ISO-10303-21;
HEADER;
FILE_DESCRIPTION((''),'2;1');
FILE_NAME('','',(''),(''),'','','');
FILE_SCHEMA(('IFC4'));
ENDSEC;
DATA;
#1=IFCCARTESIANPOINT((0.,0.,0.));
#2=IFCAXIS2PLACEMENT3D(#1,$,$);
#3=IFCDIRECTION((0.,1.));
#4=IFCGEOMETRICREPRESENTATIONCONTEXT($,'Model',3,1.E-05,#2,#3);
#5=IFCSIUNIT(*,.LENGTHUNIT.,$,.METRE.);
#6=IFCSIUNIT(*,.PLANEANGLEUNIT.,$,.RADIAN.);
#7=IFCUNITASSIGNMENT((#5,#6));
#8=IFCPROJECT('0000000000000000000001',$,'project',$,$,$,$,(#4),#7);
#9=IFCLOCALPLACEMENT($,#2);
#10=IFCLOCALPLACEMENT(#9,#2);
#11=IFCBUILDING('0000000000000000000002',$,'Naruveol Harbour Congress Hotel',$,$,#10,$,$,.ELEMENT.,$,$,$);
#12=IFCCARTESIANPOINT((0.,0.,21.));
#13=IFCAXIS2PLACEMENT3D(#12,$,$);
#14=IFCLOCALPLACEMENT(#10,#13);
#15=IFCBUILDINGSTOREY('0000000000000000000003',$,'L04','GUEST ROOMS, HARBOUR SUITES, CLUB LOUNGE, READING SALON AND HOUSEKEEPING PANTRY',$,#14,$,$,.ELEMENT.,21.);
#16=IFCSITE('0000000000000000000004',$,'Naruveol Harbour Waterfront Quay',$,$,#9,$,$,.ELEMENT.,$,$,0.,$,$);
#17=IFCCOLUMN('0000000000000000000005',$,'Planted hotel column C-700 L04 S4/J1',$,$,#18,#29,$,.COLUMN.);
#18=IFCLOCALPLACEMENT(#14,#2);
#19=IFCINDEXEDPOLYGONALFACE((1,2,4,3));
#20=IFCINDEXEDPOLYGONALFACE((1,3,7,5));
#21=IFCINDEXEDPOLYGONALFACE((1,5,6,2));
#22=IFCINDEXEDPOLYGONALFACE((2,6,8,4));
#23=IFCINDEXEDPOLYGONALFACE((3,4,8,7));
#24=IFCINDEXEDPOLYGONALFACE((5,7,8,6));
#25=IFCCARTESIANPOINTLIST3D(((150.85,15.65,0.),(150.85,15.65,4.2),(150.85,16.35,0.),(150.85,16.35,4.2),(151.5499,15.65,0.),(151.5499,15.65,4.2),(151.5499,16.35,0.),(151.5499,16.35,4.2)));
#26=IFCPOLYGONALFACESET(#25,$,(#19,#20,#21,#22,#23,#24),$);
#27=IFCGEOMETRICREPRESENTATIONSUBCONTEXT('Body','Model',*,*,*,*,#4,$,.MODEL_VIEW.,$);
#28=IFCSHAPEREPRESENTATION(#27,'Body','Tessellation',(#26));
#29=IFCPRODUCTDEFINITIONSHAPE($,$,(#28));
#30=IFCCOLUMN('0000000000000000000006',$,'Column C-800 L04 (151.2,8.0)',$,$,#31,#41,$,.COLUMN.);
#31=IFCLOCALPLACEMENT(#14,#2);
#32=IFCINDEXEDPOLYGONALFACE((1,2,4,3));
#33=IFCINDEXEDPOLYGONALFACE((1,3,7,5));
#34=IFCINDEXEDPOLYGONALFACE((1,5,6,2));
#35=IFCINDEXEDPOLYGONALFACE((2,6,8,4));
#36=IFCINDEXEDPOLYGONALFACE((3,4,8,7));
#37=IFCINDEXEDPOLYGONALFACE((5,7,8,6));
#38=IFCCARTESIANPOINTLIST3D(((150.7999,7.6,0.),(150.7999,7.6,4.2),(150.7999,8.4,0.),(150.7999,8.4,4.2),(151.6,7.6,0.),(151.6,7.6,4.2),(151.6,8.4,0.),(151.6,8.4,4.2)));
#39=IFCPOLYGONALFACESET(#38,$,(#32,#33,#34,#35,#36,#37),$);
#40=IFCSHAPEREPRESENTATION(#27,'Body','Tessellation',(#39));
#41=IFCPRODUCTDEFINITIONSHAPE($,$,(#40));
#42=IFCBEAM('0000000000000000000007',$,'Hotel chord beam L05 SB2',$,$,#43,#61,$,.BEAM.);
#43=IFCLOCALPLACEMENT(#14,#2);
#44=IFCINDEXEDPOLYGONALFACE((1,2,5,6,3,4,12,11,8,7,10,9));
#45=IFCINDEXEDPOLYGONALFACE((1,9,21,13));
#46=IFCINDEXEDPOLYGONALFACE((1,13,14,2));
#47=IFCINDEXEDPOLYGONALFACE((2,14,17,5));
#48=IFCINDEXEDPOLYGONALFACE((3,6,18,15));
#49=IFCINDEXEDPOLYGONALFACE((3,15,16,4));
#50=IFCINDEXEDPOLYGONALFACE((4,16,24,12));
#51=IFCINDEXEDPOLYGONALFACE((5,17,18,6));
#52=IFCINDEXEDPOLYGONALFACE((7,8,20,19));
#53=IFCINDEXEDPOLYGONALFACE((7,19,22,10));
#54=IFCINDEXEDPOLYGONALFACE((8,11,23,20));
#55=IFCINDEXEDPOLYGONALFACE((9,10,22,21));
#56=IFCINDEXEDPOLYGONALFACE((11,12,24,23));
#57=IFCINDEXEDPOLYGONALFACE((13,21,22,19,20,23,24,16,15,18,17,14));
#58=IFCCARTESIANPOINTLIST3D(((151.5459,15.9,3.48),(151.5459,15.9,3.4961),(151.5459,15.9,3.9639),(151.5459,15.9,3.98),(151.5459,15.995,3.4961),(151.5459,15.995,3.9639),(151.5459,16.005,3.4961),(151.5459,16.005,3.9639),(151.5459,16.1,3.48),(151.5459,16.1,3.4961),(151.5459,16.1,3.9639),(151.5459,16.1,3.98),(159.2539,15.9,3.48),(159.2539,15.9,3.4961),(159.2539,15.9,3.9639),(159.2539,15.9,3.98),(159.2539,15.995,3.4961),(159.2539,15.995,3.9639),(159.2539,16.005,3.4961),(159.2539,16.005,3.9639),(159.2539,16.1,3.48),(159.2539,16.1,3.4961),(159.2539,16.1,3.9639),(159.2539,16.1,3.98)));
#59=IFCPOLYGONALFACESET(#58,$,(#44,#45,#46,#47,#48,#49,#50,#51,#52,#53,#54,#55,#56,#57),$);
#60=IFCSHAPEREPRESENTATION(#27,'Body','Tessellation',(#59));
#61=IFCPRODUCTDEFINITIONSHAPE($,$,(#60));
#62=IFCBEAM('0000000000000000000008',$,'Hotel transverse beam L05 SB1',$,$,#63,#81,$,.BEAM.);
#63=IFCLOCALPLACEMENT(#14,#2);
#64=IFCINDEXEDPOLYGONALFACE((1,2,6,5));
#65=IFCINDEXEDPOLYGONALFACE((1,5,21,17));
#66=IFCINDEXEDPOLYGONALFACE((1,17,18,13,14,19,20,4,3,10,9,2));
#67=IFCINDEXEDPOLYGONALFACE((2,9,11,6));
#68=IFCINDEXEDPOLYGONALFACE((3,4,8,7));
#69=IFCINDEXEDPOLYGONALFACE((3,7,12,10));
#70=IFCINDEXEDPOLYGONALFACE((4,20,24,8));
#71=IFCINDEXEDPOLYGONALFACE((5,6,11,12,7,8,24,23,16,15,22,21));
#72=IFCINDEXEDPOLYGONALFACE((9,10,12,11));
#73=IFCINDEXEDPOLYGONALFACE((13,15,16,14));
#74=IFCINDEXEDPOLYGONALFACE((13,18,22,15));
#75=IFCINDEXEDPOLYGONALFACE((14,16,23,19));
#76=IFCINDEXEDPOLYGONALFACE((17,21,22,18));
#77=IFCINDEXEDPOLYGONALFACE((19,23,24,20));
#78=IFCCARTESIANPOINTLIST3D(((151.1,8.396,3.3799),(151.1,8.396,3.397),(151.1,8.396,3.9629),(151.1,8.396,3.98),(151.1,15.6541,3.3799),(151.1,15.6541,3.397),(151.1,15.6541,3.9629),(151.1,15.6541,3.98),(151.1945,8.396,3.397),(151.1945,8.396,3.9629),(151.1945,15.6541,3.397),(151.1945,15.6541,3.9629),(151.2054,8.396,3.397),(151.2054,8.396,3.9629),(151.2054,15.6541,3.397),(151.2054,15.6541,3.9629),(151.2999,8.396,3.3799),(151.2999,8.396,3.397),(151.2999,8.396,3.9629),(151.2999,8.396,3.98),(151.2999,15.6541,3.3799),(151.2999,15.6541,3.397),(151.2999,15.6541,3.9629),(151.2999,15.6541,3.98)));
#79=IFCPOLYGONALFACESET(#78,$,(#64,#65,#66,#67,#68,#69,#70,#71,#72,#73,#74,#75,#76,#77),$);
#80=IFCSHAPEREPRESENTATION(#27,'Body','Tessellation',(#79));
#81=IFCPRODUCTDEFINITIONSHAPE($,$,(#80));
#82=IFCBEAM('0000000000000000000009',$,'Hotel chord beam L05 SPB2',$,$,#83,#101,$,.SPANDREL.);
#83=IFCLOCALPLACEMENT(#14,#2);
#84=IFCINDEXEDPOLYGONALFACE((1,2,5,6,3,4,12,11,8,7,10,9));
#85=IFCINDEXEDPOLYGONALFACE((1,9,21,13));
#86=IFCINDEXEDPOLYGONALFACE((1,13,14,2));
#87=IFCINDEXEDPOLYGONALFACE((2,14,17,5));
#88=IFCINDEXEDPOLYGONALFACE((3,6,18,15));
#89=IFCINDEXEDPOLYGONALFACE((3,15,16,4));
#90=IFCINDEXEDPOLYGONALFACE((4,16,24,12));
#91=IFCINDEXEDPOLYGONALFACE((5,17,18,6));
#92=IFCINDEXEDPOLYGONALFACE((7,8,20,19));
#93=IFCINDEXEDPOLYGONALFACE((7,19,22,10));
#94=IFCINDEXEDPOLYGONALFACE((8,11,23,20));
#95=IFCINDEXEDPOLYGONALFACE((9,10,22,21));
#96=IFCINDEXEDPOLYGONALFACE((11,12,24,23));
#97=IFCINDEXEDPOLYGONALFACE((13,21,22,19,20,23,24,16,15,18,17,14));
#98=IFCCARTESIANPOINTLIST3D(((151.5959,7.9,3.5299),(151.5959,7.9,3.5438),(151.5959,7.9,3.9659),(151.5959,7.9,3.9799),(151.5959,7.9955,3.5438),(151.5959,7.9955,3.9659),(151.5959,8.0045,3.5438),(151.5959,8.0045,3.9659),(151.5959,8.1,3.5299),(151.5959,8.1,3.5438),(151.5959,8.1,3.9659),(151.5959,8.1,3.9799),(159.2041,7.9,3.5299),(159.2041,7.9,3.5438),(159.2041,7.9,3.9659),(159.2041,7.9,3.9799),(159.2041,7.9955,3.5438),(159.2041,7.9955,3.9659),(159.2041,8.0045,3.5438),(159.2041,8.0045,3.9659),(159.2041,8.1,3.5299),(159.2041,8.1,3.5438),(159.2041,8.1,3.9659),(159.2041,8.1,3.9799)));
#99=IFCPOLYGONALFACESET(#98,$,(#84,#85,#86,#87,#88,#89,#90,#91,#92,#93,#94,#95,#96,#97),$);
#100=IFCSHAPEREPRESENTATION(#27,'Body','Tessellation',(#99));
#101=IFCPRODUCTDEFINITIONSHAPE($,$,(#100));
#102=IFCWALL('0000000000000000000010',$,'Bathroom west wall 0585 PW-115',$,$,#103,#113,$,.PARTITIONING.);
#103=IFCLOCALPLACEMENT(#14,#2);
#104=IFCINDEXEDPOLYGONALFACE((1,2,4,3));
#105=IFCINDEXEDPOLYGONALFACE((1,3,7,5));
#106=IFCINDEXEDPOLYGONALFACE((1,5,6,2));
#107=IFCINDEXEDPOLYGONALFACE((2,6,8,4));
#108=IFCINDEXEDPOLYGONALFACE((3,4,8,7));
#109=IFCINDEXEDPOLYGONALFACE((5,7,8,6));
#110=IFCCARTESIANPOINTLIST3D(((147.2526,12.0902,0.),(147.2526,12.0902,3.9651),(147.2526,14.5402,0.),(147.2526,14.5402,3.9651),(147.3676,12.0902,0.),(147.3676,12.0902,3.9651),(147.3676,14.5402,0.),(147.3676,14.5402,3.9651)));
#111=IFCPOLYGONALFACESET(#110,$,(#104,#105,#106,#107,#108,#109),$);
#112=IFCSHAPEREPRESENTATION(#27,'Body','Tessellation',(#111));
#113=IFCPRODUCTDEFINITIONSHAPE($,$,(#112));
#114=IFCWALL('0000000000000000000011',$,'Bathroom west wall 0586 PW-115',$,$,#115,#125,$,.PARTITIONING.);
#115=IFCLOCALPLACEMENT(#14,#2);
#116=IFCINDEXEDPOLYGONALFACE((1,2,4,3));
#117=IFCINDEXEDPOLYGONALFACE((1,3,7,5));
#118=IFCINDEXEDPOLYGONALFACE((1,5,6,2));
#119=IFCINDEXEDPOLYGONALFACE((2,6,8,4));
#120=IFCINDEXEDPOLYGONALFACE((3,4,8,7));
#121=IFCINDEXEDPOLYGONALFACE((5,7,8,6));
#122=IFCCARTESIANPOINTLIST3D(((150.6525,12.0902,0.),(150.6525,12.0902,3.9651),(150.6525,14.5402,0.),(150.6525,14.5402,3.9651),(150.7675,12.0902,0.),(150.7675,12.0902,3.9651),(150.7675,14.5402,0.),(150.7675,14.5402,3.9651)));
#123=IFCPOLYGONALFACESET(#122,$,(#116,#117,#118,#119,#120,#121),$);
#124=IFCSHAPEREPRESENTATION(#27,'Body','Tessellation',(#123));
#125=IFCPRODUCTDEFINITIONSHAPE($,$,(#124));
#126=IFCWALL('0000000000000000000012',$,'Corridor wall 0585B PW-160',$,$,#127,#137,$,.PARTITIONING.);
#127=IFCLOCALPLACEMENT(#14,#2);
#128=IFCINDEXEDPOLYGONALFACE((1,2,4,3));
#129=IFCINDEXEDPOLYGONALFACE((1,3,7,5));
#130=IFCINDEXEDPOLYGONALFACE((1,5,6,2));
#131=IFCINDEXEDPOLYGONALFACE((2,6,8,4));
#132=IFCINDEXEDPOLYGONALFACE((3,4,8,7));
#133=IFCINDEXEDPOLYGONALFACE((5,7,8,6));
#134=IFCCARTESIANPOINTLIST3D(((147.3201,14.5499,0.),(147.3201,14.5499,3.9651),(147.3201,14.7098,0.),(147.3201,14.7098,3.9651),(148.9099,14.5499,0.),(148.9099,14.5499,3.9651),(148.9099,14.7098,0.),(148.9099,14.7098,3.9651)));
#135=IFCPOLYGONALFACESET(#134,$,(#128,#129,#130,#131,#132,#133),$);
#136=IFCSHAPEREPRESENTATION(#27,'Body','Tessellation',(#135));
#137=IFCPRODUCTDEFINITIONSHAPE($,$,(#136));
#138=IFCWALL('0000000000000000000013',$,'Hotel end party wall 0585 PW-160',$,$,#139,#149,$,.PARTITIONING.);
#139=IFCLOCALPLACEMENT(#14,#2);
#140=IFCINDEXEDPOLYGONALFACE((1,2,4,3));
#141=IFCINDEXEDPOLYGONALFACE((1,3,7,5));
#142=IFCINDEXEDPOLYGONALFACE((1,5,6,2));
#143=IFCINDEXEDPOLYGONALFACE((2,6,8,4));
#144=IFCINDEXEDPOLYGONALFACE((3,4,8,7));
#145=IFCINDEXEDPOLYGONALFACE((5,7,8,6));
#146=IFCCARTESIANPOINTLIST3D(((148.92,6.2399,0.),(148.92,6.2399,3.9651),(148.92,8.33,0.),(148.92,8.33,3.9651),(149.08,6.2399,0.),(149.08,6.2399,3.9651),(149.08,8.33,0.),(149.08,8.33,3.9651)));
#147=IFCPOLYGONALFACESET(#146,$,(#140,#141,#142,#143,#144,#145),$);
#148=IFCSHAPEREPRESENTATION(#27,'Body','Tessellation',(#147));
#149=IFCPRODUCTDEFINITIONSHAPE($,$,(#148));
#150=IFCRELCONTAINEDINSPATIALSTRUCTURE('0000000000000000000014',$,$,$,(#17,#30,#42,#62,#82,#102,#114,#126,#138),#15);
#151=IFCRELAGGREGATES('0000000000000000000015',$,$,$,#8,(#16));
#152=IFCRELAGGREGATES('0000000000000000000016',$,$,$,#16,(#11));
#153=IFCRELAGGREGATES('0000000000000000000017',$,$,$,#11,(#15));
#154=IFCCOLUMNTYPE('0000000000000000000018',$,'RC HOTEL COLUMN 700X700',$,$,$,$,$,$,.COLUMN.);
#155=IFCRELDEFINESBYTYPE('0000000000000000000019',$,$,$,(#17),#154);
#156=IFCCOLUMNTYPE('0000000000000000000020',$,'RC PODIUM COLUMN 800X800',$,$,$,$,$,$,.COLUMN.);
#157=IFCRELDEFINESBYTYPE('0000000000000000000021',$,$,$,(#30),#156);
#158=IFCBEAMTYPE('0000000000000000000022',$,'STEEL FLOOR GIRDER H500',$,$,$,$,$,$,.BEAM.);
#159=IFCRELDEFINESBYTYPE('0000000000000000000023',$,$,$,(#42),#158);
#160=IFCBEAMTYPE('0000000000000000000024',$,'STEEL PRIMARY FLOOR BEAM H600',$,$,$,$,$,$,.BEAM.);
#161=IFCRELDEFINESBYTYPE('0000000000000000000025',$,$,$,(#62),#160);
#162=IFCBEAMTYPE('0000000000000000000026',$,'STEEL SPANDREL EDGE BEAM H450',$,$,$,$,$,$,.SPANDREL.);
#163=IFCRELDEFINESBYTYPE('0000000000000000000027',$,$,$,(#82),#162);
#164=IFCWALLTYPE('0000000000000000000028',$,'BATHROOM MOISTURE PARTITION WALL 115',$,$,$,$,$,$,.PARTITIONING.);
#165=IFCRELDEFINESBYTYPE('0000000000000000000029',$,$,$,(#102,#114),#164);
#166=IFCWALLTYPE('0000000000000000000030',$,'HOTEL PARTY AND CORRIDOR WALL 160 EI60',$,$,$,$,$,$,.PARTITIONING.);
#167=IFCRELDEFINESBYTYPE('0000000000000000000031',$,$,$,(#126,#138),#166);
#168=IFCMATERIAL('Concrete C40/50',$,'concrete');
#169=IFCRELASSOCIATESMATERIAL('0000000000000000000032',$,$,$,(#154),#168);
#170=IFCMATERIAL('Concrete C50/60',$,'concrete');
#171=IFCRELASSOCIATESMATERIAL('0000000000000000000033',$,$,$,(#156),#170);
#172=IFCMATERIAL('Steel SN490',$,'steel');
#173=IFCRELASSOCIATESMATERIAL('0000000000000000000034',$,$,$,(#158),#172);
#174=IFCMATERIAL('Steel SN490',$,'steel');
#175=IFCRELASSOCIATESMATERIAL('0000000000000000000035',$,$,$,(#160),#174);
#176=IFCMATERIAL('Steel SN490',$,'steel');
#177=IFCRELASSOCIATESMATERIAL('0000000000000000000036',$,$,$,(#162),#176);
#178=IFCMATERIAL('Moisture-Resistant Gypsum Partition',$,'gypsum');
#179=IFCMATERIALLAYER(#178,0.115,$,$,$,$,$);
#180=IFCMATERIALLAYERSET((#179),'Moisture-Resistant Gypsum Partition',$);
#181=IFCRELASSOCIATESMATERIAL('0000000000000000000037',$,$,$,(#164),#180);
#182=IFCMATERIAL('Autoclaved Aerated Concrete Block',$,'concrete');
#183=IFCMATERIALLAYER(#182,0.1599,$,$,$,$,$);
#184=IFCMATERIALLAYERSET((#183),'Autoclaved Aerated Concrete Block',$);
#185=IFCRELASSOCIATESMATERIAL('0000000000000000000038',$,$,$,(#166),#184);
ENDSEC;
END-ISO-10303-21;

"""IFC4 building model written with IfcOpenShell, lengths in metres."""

from ifc_helpers import new_model, si_unit, direction, frame, frame_2d, origin, origin_2d, place, context, subcontext, project, spatial, rectangle, i_section, extrude, material, layer, layer_set, material_profile, profile_set, type_object, element, save


model = new_model("IFC4")

# Units and contexts
model_context = context("Model", 3, precision=1e-05, world=origin(), true_north=direction((0.0, 1.0)))
body_context = subcontext(model_context, "Body", "Model", "MODEL_VIEW")
ifc_project = project(units=[si_unit("LENGTHUNIT", "METRE"), si_unit("PLANEANGLEUNIT", "RADIAN")], contexts=[model_context])

# Site, building, storey
site_placement = place(None, origin())
site = spatial("IfcSite", under=ifc_project, at=site_placement, Name="Naruveol Harbour Waterfront Quay", CompositionType="ELEMENT", RefElevation=0.0)
building_placement = place(site_placement, origin())
building = spatial("IfcBuilding", under=site, at=building_placement, Name="Naruveol Harbour Congress Hotel", CompositionType="ELEMENT")
storey_placement = place(building_placement, frame((0.0, 0.0, 21.0)))
storey = spatial("IfcBuildingStorey", under=building, at=storey_placement, Name="L04", Description="GUEST ROOMS, HARBOUR SUITES, CLUB LOUNGE, READING SALON AND HOUSEKEEPING PANTRY", CompositionType="ELEMENT", Elevation=21.0)

# Columns
ifc_material_1 = material(Name="Concrete C40/50", Category="concrete")
ifc_material_profile_1 = material_profile(ifc_material_1, rectangle(XDim=0.7, YDim=0.7, at=origin_2d()), Name="RC-700x700")
ifc_profile_set_1 = profile_set([ifc_material_profile_1], Name="Concrete C40/50")
column_type_1 = type_object("IfcColumnType", Name="RC HOTEL COLUMN 700X700", PredefinedType="COLUMN", material=ifc_profile_set_1)
column_1_placement = place(storey_placement, frame((151.2, 16.0, 0.0), z_axis=(0.0, 0.0, 1.0), x_axis=(1.0, 0.0, 0.0)))
element("IfcColumn", 1, at=column_1_placement, inside=storey, type_object=column_type_1, Name="Planted hotel column C-700 L04 S4/J1", PredefinedType="COLUMN", context=body_context, shape_type="SweptSolid", body=[
    extrude(rectangle(XDim=0.7, YDim=0.7, at=origin_2d()), origin(), (0.0, 0.0, 1.0), 4.2),
])
ifc_material_2 = material(Name="Concrete C50/60", Category="concrete")
ifc_material_profile_2 = material_profile(ifc_material_2, rectangle(XDim=0.8, YDim=0.8, at=origin_2d()), Name="RC-800x800")
ifc_profile_set_2 = profile_set([ifc_material_profile_2], Name="Concrete C50/60")
column_type_2 = type_object("IfcColumnType", Name="RC PODIUM COLUMN 800X800", PredefinedType="COLUMN", material=ifc_profile_set_2)
column_2_placement = place(storey_placement, frame((151.2, 8.0, 0.0), z_axis=(0.0, 0.0, 1.0), x_axis=(1.0, 0.0, 0.0)))
element("IfcColumn", 2, at=column_2_placement, inside=storey, type_object=column_type_2, Name="Column C-800 L04 (151.2,8.0)", PredefinedType="COLUMN", context=body_context, shape_type="SweptSolid", body=[
    extrude(rectangle(XDim=0.8, YDim=0.8, at=origin_2d()), origin(), (0.0, 0.0, 1.0), 4.2),
])

# Beams
ifc_material_3 = material(Name="Steel SN490", Category="steel")
ifc_material_profile_3 = material_profile(ifc_material_3, i_section(OverallWidth=0.2, OverallDepth=0.5, WebThickness=0.01, FlangeThickness=0.0161, at=origin_2d()), Name="H-500x200x10x16")
ifc_profile_set_3 = profile_set([ifc_material_profile_3], Name="Steel SN490")
beam_type_1 = type_object("IfcBeamType", Name="STEEL FLOOR GIRDER H500", PredefinedType="BEAM", material=ifc_profile_set_3)
beam_1_placement = place(storey_placement, frame((151.5459, 16.0, 3.73), z_axis=(1.0, 0.0, 0.0), x_axis=(0.0, 1.0, 0.0)))
element("IfcBeam", 3, at=beam_1_placement, inside=storey, type_object=beam_type_1, Name="Hotel chord beam L05 SB2", PredefinedType="BEAM", context=body_context, shape_type="SweptSolid", body=[
    extrude(i_section(OverallWidth=0.2, OverallDepth=0.5, WebThickness=0.01, FlangeThickness=0.0161, at=origin_2d()), origin(), (0.0, 0.0, 1.0), 7.708),
])
ifc_material_4 = material(Name="Steel SN490", Category="steel")
ifc_material_profile_4 = material_profile(ifc_material_4, i_section(OverallWidth=0.2, OverallDepth=0.6001, WebThickness=0.011, FlangeThickness=0.0171, at=origin_2d()), Name="H-600x200x11x17")
ifc_profile_set_4 = profile_set([ifc_material_profile_4], Name="Steel SN490")
beam_type_2 = type_object("IfcBeamType", Name="STEEL PRIMARY FLOOR BEAM H600", PredefinedType="BEAM", material=ifc_profile_set_4)
beam_2_placement = place(storey_placement, frame((151.2, 8.396, 3.6799), z_axis=(0.0, 1.0, 0.0), x_axis=(-1.0, 0.0, 0.0)))
element("IfcBeam", 4, at=beam_2_placement, inside=storey, type_object=beam_type_2, Name="Hotel transverse beam L05 SB1", PredefinedType="BEAM", context=body_context, shape_type="SweptSolid", body=[
    extrude(i_section(OverallWidth=0.2, OverallDepth=0.6001, WebThickness=0.011, FlangeThickness=0.0171, at=origin_2d()), origin(), (0.0, 0.0, 1.0), 7.2581),
])
ifc_material_5 = material(Name="Steel SN490", Category="steel")
ifc_material_profile_5 = material_profile(ifc_material_5, i_section(OverallWidth=0.2, OverallDepth=0.45, WebThickness=0.009, FlangeThickness=0.0139, at=origin_2d()), Name="H-450x200x9x14")
ifc_profile_set_5 = profile_set([ifc_material_profile_5], Name="Steel SN490")
beam_type_3 = type_object("IfcBeamType", Name="STEEL SPANDREL EDGE BEAM H450", PredefinedType="SPANDREL", material=ifc_profile_set_5)
beam_3_placement = place(storey_placement, frame((151.5959, 8.0, 3.7549), z_axis=(1.0, 0.0, 0.0), x_axis=(0.0, 1.0, 0.0)))
element("IfcBeam", 5, at=beam_3_placement, inside=storey, type_object=beam_type_3, Name="Hotel chord beam L05 SPB2", PredefinedType="SPANDREL", context=body_context, shape_type="SweptSolid", body=[
    extrude(i_section(OverallWidth=0.2, OverallDepth=0.45, WebThickness=0.009, FlangeThickness=0.0139, at=origin_2d()), origin(), (0.0, 0.0, 1.0), 7.6082),
])

# Wall
ifc_material_6 = material(Name="Moisture-Resistant Gypsum Partition", Category="gypsum")
ifc_layer_1 = layer(ifc_material_6, 0.115)
ifc_layer_set_1 = layer_set([ifc_layer_1], Name="Moisture-Resistant Gypsum Partition")
wall_type_1 = type_object("IfcWallType", Name="BATHROOM MOISTURE PARTITION WALL 115", PredefinedType="PARTITIONING", material=ifc_layer_set_1)
wall_1_placement = place(storey_placement, frame((147.3101, 12.0901, 0.0), z_axis=(0.0, 0.0, 1.0), x_axis=(0.0, 1.0, 0.0)))
element("IfcWall", 6, at=wall_1_placement, inside=storey, type_object=wall_type_1, Name="Bathroom west wall 0585 PW-115", PredefinedType="PARTITIONING", context=body_context, shape_type="SweptSolid", body=[
    extrude(rectangle(XDim=2.45, YDim=0.115, at=frame_2d((1.2251, 0.0))), origin(), (0.0, 0.0, 1.0), 3.9651),
])

# Wall
wall_2_placement = place(storey_placement, frame((150.71, 12.0901, 0.0), z_axis=(0.0, 0.0, 1.0), x_axis=(0.0, 1.0, 0.0)))
element("IfcWall", 7, at=wall_2_placement, inside=storey, type_object=wall_type_1, Name="Bathroom west wall 0586 PW-115", PredefinedType="PARTITIONING", context=body_context, shape_type="SweptSolid", body=[
    extrude(rectangle(XDim=2.45, YDim=0.115, at=frame_2d((1.2251, 0.0))), origin(), (0.0, 0.0, 1.0), 3.9651),
])

# Walls
ifc_material_7 = material(Name="Autoclaved Aerated Concrete Block", Category="concrete")
ifc_layer_2 = layer(ifc_material_7, 0.1599)
ifc_layer_set_2 = layer_set([ifc_layer_2], Name="Autoclaved Aerated Concrete Block")
wall_type_2 = type_object("IfcWallType", Name="HOTEL PARTY AND CORRIDOR WALL 160 EI60", PredefinedType="PARTITIONING", material=ifc_layer_set_2)
wall_3_placement = place(storey_placement, frame((147.3201, 14.6299, 0.0), z_axis=(0.0, 0.0, 1.0), x_axis=(1.0, 0.0, 0.0)))
element("IfcWall", 8, at=wall_3_placement, inside=storey, type_object=wall_type_2, Name="Corridor wall 0585B PW-160", PredefinedType="PARTITIONING", context=body_context, shape_type="SweptSolid", body=[
    extrude(rectangle(XDim=1.5898, YDim=0.1599, at=frame_2d((0.7949, 0.0))), origin(), (0.0, 0.0, 1.0), 3.9651),
])
wall_4_placement = place(storey_placement, frame((149.0, 6.24, 0.0), z_axis=(0.0, 0.0, 1.0), x_axis=(0.0, 1.0, 0.0)))
element("IfcWall", 9, at=wall_4_placement, inside=storey, type_object=wall_type_2, Name="Hotel end party wall 0585 PW-160", PredefinedType="PARTITIONING", context=body_context, shape_type="SweptSolid", body=[
    extrude(rectangle(XDim=2.0901, YDim=0.1599, at=frame_2d((1.0449, 0.0))), origin(), (0.0, 0.0, 1.0), 3.9651),
])

save(model, "model.ifc")
